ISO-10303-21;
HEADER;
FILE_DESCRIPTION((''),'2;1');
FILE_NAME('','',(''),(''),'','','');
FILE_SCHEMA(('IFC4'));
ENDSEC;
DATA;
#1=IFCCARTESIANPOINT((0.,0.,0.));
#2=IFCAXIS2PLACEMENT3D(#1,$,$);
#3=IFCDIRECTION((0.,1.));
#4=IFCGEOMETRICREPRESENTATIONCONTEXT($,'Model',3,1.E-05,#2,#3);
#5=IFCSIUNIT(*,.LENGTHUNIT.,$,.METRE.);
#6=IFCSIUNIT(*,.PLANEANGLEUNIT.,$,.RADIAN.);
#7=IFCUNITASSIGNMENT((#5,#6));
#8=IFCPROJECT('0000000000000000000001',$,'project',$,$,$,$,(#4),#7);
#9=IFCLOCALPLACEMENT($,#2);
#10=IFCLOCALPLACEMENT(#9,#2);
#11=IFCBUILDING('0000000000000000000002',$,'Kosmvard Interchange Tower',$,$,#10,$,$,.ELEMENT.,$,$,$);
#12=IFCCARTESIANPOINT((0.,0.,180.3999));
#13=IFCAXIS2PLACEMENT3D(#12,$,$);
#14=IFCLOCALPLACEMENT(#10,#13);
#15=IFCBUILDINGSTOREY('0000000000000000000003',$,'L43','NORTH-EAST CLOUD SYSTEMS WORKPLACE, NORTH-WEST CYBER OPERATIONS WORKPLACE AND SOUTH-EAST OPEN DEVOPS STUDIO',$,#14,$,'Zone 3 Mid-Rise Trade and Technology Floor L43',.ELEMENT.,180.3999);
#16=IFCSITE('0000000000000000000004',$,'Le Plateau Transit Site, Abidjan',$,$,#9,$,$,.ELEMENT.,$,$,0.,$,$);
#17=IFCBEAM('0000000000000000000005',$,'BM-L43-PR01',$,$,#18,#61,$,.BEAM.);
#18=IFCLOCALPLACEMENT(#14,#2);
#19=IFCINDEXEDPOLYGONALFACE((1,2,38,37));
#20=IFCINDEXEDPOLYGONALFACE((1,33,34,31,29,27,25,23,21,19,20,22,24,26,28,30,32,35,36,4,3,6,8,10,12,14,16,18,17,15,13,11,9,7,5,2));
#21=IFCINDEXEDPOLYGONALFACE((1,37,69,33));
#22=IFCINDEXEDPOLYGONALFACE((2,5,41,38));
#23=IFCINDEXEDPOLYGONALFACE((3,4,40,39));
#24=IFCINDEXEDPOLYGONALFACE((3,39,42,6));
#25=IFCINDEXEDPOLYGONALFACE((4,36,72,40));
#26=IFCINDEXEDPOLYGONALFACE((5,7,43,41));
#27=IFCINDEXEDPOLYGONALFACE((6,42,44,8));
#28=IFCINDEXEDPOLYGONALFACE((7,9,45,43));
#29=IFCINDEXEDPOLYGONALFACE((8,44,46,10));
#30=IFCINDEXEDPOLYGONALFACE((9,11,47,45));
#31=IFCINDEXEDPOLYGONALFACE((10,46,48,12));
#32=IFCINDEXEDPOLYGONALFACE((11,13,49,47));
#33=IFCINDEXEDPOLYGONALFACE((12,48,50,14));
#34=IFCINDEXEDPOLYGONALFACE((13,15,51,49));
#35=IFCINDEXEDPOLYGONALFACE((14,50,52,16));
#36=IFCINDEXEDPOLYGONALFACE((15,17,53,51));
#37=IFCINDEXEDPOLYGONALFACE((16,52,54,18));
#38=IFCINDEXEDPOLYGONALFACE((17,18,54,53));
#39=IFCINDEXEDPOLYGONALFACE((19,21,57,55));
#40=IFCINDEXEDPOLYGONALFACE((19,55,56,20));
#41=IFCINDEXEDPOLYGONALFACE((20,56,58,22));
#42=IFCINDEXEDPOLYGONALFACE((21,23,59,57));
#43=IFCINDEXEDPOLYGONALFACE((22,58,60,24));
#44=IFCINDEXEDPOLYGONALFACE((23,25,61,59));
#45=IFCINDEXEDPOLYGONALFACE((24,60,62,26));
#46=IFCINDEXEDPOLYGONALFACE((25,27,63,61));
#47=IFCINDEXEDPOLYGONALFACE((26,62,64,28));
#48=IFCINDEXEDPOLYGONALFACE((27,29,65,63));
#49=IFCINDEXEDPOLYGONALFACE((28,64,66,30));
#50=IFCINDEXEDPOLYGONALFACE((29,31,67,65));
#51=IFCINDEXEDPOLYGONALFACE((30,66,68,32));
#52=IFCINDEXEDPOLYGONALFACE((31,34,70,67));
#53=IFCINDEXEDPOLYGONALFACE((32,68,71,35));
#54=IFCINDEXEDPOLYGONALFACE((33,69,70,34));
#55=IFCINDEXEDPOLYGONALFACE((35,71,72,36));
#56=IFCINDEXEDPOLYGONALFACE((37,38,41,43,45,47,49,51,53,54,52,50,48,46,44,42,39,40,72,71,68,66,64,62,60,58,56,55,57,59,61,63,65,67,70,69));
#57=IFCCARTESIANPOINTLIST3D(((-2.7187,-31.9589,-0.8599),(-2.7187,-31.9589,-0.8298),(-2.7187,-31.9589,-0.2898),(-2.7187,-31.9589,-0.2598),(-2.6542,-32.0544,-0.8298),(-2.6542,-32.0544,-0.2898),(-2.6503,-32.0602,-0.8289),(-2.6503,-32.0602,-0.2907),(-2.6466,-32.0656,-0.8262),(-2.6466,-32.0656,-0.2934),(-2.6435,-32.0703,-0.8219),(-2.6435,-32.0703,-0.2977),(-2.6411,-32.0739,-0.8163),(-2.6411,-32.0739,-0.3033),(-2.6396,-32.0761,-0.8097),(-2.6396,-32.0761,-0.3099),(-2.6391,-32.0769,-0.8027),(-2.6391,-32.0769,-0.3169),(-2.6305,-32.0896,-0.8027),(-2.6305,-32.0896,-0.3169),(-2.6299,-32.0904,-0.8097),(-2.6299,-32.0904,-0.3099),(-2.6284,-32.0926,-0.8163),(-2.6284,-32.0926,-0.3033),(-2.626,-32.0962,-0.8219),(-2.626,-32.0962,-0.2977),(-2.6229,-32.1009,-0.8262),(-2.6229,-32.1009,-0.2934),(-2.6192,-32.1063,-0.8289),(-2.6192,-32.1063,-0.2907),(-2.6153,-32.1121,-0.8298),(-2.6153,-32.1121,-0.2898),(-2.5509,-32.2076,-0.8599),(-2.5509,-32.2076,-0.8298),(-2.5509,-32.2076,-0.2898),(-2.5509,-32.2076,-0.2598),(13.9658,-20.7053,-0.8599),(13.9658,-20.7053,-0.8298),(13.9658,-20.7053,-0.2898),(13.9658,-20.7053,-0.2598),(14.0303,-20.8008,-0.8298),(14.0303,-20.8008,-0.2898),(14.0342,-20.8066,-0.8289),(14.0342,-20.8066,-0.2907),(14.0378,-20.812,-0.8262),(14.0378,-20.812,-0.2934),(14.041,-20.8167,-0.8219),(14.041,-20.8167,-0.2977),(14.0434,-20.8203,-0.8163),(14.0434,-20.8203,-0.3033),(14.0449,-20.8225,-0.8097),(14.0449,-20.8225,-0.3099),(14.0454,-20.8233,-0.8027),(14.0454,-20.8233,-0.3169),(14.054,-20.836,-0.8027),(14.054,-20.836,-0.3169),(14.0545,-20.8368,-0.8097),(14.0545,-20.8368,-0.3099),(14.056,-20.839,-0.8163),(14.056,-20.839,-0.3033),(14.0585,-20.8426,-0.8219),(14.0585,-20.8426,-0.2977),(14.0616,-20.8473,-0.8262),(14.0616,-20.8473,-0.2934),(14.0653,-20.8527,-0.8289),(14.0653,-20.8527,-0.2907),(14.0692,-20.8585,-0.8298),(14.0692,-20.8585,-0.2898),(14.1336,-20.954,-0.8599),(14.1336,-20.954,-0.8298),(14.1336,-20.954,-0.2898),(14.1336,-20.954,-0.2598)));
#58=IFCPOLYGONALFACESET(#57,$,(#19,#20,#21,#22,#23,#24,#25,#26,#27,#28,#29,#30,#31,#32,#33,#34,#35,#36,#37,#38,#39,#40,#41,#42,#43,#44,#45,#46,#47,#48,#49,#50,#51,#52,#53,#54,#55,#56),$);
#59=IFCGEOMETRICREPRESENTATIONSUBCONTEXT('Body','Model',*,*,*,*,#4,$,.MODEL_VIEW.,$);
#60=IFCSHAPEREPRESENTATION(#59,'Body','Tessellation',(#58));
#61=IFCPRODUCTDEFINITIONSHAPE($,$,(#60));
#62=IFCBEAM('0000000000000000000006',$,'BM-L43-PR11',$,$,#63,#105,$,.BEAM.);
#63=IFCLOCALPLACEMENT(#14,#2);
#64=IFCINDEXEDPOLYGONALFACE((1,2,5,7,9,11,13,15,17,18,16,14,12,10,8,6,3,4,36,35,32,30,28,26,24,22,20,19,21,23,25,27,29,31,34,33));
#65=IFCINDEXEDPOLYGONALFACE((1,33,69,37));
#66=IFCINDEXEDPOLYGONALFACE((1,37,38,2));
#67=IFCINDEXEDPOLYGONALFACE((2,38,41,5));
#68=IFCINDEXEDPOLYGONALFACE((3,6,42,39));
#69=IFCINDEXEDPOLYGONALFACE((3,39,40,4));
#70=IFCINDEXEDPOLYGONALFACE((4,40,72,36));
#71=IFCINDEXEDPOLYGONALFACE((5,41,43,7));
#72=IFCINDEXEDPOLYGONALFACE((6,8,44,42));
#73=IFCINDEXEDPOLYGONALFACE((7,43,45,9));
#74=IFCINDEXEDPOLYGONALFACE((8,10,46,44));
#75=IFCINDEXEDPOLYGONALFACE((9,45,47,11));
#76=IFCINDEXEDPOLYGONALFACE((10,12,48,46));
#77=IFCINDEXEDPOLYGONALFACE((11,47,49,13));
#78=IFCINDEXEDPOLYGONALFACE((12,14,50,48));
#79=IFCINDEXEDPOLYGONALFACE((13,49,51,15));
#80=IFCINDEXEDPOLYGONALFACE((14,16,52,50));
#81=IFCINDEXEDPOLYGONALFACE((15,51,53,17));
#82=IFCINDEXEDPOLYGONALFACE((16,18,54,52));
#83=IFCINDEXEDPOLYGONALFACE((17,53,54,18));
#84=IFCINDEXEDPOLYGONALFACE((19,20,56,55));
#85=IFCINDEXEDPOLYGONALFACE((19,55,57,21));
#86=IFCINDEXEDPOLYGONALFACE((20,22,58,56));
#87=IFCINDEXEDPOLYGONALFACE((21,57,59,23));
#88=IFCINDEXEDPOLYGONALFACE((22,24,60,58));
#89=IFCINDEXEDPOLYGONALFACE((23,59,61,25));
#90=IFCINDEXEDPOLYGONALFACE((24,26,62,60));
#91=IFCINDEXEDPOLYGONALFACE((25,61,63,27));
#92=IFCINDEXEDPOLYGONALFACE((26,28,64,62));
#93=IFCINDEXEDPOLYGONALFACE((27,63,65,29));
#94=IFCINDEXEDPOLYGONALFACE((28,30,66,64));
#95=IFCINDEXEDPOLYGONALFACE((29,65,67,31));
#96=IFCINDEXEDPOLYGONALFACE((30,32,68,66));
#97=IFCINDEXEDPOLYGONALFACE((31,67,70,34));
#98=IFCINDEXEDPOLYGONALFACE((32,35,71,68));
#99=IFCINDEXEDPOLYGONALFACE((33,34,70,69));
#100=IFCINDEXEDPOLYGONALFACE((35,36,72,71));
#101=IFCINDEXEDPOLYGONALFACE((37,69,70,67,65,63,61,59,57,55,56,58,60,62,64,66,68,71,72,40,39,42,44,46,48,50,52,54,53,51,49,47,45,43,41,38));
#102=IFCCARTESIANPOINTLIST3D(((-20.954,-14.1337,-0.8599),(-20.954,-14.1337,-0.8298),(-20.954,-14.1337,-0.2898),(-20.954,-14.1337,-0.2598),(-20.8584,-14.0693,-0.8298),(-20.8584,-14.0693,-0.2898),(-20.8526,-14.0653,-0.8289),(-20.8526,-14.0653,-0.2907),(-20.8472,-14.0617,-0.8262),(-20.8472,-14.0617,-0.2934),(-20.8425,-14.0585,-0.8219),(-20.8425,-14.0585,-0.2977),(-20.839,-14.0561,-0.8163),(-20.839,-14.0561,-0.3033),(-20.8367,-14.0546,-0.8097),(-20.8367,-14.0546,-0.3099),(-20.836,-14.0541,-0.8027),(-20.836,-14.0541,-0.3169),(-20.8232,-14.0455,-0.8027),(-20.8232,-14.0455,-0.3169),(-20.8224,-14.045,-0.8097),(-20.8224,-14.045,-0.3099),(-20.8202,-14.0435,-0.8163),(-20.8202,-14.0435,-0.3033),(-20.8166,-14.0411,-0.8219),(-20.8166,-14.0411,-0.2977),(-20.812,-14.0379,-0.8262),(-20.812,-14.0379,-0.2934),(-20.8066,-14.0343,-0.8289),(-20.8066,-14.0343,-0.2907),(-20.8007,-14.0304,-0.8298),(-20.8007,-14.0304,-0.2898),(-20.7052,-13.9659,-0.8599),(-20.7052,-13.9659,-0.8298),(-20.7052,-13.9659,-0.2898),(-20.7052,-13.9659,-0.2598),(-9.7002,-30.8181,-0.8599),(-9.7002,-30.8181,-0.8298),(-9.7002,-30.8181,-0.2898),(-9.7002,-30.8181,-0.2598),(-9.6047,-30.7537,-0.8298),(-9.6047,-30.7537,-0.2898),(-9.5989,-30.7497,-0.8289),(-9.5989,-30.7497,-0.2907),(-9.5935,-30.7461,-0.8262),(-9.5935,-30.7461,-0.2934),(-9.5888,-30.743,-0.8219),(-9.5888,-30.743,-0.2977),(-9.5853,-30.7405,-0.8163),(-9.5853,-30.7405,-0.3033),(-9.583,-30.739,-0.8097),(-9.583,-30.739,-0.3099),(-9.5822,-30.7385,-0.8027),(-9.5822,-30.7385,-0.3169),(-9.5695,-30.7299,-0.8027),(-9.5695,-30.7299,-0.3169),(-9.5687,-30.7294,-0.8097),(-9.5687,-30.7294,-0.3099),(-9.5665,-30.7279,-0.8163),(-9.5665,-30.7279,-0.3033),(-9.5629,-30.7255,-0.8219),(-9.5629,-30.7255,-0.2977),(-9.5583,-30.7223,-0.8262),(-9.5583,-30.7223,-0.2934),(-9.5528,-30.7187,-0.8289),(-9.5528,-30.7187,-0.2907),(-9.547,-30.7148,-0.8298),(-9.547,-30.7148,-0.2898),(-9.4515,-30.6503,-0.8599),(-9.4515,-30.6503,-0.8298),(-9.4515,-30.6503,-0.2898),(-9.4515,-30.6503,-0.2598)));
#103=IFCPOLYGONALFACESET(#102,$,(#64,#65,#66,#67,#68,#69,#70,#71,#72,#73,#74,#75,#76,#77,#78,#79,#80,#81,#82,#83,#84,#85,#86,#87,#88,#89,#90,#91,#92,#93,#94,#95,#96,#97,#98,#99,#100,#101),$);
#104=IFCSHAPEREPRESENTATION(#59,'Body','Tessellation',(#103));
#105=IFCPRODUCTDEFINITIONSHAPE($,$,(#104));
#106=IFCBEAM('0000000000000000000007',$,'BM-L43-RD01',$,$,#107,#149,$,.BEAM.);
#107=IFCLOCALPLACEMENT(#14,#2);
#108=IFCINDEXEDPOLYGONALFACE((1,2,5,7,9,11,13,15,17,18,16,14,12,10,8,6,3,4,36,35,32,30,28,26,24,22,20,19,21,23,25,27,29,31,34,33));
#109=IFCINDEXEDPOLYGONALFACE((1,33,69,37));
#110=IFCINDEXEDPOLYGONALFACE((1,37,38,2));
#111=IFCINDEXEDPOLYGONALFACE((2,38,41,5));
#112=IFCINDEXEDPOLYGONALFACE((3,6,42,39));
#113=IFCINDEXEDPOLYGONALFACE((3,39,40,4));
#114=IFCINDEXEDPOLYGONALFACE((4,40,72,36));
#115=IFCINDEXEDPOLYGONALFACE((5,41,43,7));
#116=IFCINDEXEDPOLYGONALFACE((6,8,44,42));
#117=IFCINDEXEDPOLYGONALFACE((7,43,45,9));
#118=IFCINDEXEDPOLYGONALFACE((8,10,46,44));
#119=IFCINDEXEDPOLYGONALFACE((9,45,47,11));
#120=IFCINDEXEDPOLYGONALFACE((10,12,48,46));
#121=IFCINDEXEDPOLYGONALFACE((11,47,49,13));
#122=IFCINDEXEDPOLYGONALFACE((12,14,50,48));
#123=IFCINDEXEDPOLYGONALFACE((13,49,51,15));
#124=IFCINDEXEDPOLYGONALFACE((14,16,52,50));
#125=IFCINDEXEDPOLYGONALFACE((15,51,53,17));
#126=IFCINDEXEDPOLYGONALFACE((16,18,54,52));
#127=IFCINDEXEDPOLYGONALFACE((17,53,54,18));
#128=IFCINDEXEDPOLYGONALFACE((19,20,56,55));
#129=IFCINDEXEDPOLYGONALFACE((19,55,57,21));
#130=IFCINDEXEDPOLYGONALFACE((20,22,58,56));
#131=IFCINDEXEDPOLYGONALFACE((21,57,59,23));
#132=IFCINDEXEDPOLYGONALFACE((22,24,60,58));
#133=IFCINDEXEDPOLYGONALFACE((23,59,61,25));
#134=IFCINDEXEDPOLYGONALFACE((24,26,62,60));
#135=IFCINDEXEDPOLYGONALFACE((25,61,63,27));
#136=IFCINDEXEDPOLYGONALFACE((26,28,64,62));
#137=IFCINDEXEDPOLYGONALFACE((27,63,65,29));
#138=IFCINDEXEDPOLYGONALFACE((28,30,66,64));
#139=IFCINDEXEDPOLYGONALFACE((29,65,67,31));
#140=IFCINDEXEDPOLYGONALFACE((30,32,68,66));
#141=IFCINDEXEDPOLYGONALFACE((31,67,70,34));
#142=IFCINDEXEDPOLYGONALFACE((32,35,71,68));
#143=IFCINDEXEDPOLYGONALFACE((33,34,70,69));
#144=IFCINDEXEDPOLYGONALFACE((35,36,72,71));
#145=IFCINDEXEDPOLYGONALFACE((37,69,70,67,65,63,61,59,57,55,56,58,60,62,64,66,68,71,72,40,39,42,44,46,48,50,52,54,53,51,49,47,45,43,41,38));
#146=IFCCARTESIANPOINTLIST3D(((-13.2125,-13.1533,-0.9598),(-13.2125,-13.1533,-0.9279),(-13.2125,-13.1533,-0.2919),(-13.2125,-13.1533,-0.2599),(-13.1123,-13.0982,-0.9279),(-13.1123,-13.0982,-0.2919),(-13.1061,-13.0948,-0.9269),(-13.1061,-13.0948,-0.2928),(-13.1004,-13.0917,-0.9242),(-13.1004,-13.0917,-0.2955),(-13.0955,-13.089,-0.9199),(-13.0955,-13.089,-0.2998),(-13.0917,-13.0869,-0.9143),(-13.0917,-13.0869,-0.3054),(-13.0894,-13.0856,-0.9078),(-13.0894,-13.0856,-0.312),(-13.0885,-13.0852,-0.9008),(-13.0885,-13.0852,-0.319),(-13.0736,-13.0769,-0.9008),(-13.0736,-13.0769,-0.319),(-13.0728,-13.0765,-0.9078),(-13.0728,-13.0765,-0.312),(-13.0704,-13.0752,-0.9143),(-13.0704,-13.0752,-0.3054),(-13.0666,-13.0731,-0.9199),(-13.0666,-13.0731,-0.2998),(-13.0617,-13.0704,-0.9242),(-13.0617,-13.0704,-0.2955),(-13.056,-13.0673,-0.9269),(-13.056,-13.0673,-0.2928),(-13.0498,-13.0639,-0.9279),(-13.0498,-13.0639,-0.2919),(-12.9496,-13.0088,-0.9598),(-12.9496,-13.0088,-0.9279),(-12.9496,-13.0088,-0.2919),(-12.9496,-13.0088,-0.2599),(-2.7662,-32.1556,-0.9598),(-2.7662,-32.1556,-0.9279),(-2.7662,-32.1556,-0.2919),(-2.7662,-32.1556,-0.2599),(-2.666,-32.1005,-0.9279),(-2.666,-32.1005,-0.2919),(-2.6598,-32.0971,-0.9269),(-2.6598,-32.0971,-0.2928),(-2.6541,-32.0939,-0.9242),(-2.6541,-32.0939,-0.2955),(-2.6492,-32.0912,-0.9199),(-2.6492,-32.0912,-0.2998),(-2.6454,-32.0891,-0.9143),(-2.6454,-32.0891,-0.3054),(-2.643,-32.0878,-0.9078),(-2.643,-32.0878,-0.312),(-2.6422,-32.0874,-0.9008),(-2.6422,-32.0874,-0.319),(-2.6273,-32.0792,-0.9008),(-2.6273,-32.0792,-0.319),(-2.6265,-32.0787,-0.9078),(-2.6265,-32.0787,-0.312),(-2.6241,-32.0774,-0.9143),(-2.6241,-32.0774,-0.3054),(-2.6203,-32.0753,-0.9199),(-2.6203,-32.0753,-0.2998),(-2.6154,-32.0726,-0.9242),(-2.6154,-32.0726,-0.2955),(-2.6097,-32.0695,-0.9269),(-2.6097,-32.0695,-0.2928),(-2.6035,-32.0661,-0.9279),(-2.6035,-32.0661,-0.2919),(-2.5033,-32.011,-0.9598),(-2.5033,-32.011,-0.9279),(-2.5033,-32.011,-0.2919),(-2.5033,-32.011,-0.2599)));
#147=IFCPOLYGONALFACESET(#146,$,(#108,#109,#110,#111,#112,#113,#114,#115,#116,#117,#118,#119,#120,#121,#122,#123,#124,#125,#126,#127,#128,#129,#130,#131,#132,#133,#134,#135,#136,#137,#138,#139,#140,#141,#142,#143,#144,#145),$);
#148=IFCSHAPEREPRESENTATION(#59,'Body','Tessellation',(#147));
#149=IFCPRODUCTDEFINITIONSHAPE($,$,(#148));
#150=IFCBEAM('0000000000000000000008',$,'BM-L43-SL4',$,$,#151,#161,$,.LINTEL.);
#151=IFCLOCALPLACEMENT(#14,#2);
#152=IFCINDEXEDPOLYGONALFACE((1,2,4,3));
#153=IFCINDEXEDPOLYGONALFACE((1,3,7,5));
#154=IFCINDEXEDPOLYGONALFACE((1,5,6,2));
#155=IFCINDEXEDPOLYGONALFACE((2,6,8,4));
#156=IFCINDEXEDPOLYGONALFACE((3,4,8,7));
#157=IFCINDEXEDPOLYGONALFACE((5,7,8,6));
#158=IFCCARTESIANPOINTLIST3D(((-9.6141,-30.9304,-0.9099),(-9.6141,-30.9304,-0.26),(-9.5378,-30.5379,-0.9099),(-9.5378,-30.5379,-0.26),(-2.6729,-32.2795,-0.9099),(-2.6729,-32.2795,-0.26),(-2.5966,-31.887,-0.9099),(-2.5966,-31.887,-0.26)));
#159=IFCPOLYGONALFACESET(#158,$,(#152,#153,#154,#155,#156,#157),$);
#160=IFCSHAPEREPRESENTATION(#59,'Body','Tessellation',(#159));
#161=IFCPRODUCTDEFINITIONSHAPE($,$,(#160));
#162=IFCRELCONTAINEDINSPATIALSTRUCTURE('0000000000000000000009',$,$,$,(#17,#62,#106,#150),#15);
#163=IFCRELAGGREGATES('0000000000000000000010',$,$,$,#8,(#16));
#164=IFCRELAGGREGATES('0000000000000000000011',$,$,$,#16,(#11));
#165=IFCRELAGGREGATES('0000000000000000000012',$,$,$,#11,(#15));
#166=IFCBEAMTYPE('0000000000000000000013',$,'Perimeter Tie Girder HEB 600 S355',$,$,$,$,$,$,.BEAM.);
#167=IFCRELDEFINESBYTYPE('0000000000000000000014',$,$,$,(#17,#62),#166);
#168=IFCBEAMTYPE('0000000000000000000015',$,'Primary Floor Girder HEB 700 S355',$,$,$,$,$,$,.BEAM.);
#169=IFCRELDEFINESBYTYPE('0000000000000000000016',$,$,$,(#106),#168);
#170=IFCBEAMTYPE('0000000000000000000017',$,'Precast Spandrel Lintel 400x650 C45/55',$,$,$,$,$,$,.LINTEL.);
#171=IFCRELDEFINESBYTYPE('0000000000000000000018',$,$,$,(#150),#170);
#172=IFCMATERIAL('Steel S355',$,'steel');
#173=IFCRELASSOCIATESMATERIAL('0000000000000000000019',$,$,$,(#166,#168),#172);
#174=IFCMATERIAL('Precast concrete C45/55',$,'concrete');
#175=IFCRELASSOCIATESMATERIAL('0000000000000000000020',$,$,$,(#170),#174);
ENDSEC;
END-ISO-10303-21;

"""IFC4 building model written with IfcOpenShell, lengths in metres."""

from ifc_helpers import new_model, si_unit, direction, frame, origin, origin_2d, place, context, subcontext, project, spatial, rectangle, i_section, extrude, source, transform, mapped, material, material_profile, profile_set, type_object, element, save


model = new_model("IFC4")

# Units and contexts
model_context = context("Model", 3, precision=1e-05, world=origin(), true_north=direction((0.0, 1.0)))
body_context = subcontext(model_context, "Body", "Model", "MODEL_VIEW")
ifc_project = project(units=[si_unit("LENGTHUNIT", "METRE"), si_unit("PLANEANGLEUNIT", "RADIAN")], contexts=[model_context])

# Site, building, storey
site_placement = place(None, origin())
site = spatial("IfcSite", under=ifc_project, at=site_placement, Name="Le Plateau Transit Site, Abidjan", CompositionType="ELEMENT", RefElevation=0.0)
building_placement = place(site_placement, origin())
building = spatial("IfcBuilding", under=site, at=building_placement, Name="Kosmvard Interchange Tower", CompositionType="ELEMENT")
storey_placement = place(building_placement, frame((0.0, 0.0, 180.3999)))
storey = spatial("IfcBuildingStorey", under=building, at=storey_placement, Name="L43", Description="NORTH-EAST CLOUD SYSTEMS WORKPLACE, NORTH-WEST CYBER OPERATIONS WORKPLACE AND SOUTH-EAST OPEN DEVOPS STUDIO", LongName="Zone 3 Mid-Rise Trade and Technology Floor L43", CompositionType="ELEMENT", Elevation=180.3999)

# Beams
ifc_material_1 = material(Name="Steel S355", Category="steel")
ifc_material_profile_1 = material_profile(ifc_material_1, i_section(OverallWidth=0.3, OverallDepth=0.6001, WebThickness=0.0154, FlangeThickness=0.03, FilletRadius=0.0271, at=origin_2d()), Name="HEB 600")
ifc_profile_set_1 = profile_set([ifc_material_profile_1], Name="Steel S355")
beam_type_1 = type_object("IfcBeamType", Name="Perimeter Tie Girder HEB 600 S355", PredefinedType="BEAM", material=ifc_profile_set_1)
shared_shape_1 = source(origin(), body_context, "Body", "SweptSolid", [
    extrude(i_section(OverallWidth=0.3, OverallDepth=0.6001, WebThickness=0.0154, FlangeThickness=0.03, FilletRadius=0.0271, at=origin_2d()), origin(), (0.0, 0.0, 1.0), 20.125),
])
for number, where, z_axis, x_axis, name in (
    (1, (-2.6348, -32.0833, -0.5598), (0.829043, 0.559185, 0.0), (-0.559185, 0.829043, 0.0), "BM-L43-PR01"),
    (2, (-20.8296, -14.0498, -0.5598), (0.559191, -0.829039, 0.0), (0.829039, 0.559191, 0.0), "BM-L43-PR11"),
):
    element("IfcBeam", number, at=place(storey_placement, frame(where, z_axis=z_axis, x_axis=x_axis)), inside=storey, type_object=beam_type_1, Name=name, PredefinedType="BEAM", context=body_context, shape_type="MappedRepresentation", body=[
        mapped(shared_shape_1, transform((0.0, 0.0, 0.0), scale=1.0)),
    ])
ifc_material_profile_2 = material_profile(ifc_material_1, i_section(OverallWidth=0.3, OverallDepth=0.7, WebThickness=0.0171, FlangeThickness=0.032, FilletRadius=0.0271, at=origin_2d()), Name="HEB 700")
ifc_profile_set_2 = profile_set([ifc_material_profile_2], Name="Steel S355")
beam_type_2 = type_object("IfcBeamType", Name="Primary Floor Girder HEB 700 S355", PredefinedType="BEAM", material=ifc_profile_set_2)
shared_shape_2 = source(origin(), body_context, "Body", "SweptSolid", [
    extrude(i_section(OverallWidth=0.3, OverallDepth=0.7, WebThickness=0.0171, FlangeThickness=0.032, FilletRadius=0.0271, at=origin_2d()), origin(), (0.0, 0.0, 1.0), 21.6843),
])
beam_1_placement = place(storey_placement, frame((-13.0811, -13.0811, -0.6099), z_axis=(0.481745, -0.876312, 0.0), x_axis=(0.876312, 0.481745, 0.0)))
element("IfcBeam", 3, at=beam_1_placement, inside=storey, type_object=beam_type_2, Name="BM-L43-RD01", PredefinedType="BEAM", context=body_context, shape_type="MappedRepresentation", body=[
    mapped(shared_shape_2, transform((0.0, 0.0, 0.0), scale=1.0)),
])
ifc_material_2 = material(Name="Precast concrete C45/55", Category="concrete")
ifc_material_profile_3 = material_profile(ifc_material_2, rectangle(XDim=0.3999, YDim=0.6499, at=origin_2d()), Name="SL 400x650")
ifc_profile_set_3 = profile_set([ifc_material_profile_3], Name="Precast concrete C45/55")
beam_type_3 = type_object("IfcBeamType", Name="Precast Spandrel Lintel 400x650 C45/55", PredefinedType="LINTEL", material=ifc_profile_set_3)
shared_shape_3 = source(origin(), body_context, "Body", "SweptSolid", [
    extrude(rectangle(XDim=0.3999, YDim=0.6499, at=origin_2d()), origin(), (0.0, 0.0, 1.0), 7.071),
])
beam_2_placement = place(storey_placement, frame((-9.5759, -30.7341, -0.585), z_axis=(0.98163, -0.190795, 0.0), x_axis=(0.190795, 0.98163, 0.0)))
element("IfcBeam", 4, at=beam_2_placement, inside=storey, type_object=beam_type_3, Name="BM-L43-SL4", PredefinedType="LINTEL", context=body_context, shape_type="MappedRepresentation", body=[
    mapped(shared_shape_3, transform((0.0, 0.0, 0.0), scale=1.0)),
])

save(model, "model.ifc")
